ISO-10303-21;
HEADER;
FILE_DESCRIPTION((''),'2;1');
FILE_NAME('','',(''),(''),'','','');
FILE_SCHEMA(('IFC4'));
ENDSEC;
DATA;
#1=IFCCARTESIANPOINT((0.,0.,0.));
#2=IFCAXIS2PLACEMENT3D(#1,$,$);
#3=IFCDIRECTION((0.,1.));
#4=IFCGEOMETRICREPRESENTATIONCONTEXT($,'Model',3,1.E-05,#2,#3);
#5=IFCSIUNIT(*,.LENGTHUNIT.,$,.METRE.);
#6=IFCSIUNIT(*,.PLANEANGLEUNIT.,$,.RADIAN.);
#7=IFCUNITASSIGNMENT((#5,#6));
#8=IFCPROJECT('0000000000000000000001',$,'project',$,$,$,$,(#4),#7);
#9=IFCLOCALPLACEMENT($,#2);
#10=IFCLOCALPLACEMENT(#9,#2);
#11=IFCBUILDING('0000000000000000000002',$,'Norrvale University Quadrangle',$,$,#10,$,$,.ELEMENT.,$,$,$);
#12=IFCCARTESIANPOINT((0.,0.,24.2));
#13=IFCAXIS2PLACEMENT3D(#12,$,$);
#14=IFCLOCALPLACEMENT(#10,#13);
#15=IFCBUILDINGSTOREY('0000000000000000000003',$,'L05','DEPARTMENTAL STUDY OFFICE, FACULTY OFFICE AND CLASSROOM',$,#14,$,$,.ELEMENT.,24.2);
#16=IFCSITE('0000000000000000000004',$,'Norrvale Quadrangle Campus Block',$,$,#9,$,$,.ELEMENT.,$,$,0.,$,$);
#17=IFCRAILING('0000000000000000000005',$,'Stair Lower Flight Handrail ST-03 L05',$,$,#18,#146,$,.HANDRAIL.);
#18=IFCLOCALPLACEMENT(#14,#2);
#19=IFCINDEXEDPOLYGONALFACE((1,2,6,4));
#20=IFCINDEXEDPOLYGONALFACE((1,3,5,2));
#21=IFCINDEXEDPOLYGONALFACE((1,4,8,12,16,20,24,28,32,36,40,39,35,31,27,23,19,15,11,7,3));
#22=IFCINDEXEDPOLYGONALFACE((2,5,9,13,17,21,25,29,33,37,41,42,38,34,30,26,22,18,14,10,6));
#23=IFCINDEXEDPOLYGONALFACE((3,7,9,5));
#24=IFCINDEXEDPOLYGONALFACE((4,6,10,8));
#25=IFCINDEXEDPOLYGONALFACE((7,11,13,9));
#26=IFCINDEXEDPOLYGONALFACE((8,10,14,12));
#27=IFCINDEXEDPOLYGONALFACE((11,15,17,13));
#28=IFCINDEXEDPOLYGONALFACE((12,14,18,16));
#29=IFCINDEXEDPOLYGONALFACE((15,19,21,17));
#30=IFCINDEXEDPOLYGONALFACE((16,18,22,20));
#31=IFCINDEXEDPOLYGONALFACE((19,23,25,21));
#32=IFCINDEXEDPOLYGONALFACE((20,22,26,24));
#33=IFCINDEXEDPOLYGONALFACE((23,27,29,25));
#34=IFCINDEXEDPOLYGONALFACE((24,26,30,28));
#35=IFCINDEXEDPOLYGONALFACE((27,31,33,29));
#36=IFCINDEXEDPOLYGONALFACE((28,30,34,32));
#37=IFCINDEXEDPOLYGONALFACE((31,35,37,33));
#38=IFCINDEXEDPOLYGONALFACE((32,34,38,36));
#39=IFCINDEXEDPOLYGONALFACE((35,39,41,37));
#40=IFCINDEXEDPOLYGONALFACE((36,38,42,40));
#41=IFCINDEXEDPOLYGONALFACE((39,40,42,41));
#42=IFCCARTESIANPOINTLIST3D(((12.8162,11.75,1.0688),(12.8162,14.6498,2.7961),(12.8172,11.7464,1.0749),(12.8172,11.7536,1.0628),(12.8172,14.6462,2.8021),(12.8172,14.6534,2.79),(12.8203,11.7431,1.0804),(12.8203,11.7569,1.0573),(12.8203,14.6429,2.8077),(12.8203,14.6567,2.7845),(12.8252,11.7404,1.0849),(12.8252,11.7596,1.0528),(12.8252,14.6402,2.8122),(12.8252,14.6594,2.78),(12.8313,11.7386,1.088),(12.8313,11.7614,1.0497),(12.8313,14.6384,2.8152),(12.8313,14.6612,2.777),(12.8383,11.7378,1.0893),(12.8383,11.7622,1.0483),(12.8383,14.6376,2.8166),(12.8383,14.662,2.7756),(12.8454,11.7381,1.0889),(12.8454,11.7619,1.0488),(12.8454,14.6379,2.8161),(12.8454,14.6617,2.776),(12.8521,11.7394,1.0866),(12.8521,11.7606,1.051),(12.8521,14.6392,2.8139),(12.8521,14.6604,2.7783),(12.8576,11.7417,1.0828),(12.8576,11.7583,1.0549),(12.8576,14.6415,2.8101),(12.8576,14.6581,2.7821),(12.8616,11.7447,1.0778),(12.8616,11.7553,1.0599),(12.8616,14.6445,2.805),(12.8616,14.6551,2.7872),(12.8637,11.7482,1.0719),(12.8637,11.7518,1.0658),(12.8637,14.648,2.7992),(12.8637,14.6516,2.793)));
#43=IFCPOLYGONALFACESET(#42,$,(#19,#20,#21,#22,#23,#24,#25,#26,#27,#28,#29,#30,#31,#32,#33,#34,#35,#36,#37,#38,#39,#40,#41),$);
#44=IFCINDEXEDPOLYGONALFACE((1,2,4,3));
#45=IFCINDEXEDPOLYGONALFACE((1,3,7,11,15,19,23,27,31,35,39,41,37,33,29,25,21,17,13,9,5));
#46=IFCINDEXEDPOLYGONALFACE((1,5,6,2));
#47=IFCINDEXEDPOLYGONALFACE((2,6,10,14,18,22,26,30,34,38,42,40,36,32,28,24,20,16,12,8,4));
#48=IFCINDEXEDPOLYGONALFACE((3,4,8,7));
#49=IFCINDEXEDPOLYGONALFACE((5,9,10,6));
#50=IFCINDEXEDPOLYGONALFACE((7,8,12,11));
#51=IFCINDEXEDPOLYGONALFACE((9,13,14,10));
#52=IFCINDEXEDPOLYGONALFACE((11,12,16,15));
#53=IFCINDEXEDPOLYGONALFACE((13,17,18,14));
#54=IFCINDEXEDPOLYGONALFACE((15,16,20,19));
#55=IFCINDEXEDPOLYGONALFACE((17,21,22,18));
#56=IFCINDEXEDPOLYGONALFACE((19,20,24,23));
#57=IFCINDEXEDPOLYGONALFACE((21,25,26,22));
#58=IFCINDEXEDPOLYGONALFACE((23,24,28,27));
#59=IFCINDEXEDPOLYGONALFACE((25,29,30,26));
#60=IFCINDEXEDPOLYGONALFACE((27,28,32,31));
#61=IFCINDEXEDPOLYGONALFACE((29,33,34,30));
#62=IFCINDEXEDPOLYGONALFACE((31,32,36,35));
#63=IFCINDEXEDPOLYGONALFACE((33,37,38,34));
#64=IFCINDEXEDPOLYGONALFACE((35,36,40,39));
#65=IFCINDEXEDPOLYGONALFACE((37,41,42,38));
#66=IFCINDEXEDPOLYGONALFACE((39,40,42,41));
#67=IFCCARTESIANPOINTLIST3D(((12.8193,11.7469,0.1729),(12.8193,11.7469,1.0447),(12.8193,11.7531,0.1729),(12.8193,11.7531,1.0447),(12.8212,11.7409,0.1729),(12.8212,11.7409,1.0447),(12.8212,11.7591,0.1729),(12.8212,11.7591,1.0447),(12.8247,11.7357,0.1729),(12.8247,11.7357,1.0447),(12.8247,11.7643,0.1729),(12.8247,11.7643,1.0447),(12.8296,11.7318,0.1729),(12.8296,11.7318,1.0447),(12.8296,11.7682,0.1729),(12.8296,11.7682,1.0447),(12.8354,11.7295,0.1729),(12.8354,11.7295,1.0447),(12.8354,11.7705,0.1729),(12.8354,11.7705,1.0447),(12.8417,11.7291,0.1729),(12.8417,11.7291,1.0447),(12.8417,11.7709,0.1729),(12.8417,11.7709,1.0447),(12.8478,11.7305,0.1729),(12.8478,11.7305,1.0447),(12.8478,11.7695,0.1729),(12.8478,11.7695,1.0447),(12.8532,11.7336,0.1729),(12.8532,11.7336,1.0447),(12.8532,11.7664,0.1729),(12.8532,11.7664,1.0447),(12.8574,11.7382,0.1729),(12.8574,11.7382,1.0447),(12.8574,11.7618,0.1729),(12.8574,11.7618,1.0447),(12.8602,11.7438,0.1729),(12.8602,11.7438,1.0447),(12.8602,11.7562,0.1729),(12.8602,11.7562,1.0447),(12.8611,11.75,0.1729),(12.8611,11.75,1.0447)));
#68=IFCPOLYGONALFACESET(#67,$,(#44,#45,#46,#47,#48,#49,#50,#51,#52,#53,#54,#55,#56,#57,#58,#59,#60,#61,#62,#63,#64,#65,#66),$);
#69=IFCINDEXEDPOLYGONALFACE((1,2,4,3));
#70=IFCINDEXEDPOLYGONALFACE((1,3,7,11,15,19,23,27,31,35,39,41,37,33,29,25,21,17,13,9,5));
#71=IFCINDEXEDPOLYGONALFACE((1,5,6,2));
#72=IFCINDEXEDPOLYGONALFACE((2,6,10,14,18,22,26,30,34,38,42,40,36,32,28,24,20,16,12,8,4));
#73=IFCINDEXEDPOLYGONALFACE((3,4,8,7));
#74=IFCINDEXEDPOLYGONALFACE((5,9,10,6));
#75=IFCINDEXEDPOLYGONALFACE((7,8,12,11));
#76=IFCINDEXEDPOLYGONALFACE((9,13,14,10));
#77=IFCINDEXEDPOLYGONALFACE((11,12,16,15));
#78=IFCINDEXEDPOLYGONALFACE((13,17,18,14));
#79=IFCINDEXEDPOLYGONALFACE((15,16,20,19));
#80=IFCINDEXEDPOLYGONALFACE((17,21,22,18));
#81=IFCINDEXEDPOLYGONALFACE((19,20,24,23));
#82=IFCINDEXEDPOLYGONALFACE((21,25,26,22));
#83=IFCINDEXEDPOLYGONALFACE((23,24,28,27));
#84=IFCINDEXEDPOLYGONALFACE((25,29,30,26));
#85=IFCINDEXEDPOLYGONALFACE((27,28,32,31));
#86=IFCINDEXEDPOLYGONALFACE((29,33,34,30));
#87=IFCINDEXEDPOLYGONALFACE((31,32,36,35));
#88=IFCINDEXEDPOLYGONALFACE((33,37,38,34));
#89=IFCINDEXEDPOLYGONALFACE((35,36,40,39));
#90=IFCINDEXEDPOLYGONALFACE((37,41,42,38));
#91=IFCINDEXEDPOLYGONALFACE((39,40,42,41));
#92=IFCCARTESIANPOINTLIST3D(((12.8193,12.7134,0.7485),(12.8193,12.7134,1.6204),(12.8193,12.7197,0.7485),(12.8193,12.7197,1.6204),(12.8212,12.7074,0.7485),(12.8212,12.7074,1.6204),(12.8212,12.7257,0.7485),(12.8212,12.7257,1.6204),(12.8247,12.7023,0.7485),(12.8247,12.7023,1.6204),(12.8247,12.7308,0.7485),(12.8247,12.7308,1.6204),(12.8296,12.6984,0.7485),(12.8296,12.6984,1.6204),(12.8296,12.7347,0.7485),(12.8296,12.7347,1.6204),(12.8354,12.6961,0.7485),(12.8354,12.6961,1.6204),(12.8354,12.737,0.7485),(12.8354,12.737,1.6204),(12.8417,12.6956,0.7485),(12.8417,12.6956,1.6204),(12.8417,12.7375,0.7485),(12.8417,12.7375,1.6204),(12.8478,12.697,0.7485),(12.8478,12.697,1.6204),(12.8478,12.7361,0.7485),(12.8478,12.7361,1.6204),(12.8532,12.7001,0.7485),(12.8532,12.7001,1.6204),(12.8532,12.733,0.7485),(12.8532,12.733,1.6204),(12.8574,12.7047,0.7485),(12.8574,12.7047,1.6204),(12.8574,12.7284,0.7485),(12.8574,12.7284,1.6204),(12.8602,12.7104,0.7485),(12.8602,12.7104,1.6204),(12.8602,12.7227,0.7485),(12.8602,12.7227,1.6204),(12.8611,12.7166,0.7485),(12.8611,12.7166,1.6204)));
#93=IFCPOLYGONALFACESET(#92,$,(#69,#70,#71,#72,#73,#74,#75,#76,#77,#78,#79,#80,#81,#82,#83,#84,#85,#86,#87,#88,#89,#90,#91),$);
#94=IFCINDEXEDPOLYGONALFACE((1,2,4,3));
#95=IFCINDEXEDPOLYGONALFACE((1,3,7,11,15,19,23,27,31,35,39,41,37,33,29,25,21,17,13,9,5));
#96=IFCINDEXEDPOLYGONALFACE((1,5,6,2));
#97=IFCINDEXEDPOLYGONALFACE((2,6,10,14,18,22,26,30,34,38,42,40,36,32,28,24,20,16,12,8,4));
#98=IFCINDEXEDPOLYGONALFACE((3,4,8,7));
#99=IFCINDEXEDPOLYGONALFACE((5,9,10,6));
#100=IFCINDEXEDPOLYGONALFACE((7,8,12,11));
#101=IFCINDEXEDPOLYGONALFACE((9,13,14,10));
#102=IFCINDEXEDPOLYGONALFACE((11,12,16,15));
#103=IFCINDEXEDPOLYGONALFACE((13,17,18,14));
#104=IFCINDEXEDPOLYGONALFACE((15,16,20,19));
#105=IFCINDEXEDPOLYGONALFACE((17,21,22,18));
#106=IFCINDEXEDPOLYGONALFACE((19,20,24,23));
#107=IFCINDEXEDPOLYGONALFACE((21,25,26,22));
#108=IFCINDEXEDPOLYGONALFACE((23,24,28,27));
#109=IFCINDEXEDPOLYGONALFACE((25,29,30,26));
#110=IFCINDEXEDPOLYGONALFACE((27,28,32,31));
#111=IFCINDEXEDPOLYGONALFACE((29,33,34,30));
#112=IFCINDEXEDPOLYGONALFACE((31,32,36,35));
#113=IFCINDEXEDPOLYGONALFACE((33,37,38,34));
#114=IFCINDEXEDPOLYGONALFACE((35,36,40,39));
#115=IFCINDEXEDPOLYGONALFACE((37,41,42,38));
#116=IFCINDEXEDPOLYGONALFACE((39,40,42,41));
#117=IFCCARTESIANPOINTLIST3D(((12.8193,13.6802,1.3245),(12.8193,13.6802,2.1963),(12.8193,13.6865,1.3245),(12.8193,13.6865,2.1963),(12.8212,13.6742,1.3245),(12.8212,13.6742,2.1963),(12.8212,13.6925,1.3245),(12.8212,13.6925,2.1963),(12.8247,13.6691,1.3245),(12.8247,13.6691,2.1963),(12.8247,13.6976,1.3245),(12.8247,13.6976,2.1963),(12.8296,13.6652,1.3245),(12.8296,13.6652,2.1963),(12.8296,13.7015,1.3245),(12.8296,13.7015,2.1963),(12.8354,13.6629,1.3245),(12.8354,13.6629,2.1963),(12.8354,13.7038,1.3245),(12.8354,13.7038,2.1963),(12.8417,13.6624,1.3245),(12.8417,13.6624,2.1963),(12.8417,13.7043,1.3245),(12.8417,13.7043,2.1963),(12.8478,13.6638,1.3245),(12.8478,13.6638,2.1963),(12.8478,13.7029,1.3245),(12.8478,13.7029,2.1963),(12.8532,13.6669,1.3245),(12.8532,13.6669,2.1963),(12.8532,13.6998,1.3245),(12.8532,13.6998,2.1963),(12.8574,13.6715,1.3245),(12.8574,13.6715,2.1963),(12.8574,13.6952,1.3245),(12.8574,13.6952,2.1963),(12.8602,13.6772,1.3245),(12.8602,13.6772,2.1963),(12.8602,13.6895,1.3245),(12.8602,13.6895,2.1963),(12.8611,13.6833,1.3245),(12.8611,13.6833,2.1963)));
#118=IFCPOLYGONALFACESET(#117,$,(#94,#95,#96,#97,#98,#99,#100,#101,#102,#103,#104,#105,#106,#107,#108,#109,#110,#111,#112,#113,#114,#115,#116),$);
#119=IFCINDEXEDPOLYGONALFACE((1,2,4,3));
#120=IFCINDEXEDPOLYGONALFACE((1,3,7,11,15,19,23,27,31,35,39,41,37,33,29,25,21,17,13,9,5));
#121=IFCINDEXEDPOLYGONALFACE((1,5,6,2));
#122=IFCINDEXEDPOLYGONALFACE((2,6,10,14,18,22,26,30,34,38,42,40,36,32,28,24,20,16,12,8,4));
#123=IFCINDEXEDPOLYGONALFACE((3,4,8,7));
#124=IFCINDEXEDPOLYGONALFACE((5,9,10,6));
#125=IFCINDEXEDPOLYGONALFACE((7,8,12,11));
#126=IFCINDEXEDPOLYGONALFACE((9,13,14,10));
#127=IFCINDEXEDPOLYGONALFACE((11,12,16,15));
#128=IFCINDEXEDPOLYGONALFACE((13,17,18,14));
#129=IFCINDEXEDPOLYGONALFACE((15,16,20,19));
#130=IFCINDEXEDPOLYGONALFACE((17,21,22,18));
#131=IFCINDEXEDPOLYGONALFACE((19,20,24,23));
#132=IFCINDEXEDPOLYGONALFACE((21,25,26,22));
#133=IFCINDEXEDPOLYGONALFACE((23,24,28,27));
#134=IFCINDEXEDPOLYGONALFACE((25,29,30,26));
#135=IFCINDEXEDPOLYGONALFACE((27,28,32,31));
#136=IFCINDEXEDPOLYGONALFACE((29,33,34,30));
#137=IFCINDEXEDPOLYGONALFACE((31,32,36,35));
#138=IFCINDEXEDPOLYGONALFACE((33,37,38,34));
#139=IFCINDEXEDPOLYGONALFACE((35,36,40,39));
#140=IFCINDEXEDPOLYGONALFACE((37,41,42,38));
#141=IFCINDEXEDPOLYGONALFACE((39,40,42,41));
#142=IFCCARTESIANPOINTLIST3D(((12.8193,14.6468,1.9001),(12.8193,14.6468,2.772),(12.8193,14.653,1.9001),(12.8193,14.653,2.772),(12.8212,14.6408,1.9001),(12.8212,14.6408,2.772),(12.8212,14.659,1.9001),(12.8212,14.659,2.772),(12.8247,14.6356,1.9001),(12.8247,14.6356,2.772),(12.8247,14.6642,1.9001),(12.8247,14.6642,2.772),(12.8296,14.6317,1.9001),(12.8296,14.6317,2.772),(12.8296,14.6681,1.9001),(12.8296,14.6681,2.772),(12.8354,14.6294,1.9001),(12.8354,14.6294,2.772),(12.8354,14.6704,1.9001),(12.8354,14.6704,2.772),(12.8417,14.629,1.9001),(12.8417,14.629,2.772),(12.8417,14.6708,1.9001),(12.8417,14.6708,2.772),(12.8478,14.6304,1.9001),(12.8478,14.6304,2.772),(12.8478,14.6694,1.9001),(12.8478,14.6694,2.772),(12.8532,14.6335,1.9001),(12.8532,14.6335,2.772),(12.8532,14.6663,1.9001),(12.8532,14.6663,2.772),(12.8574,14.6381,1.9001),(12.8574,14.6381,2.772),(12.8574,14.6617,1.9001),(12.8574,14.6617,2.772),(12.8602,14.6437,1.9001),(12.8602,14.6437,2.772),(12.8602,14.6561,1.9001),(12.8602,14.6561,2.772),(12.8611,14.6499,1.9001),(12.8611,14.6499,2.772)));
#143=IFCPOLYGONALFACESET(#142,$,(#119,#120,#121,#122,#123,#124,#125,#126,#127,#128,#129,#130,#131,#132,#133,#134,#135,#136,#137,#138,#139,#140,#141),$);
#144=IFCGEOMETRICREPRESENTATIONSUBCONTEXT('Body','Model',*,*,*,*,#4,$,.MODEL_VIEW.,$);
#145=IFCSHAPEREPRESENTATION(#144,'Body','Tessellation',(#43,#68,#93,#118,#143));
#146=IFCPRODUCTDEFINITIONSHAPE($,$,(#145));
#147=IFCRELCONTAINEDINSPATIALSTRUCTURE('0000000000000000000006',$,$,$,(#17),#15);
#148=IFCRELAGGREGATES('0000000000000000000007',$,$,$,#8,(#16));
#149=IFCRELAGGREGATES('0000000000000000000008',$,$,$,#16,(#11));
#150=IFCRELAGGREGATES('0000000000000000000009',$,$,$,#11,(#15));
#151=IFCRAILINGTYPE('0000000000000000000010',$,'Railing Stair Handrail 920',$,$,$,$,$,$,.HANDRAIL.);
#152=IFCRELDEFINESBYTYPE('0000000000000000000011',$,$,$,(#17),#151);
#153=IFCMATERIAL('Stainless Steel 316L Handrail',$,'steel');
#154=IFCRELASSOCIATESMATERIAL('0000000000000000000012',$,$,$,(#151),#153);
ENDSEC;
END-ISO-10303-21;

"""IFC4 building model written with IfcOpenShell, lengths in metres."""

from ifc_helpers import new_model, si_unit, direction, frame, origin, origin_2d, place, context, subcontext, project, spatial, circle, extrude, material, type_object, element, save


model = new_model("IFC4")

# Units and contexts
model_context = context("Model", 3, precision=1e-05, world=origin(), true_north=direction((0.0, 1.0)))
body_context = subcontext(model_context, "Body", "Model", "MODEL_VIEW")
ifc_project = project(units=[si_unit("LENGTHUNIT", "METRE"), si_unit("PLANEANGLEUNIT", "RADIAN")], contexts=[model_context])

# Site, building, storey
site_placement = place(None, origin())
site = spatial("IfcSite", under=ifc_project, at=site_placement, Name="Norrvale Quadrangle Campus Block", CompositionType="ELEMENT", RefElevation=0.0)
building_placement = place(site_placement, origin())
building = spatial("IfcBuilding", under=site, at=building_placement, Name="Norrvale University Quadrangle", CompositionType="ELEMENT")
storey_placement = place(building_placement, frame((0.0, 0.0, 24.2)))
storey = spatial("IfcBuildingStorey", under=building, at=storey_placement, Name="L05", Description="DEPARTMENTAL STUDY OFFICE, FACULTY OFFICE AND CLASSROOM", CompositionType="ELEMENT", Elevation=24.2)

# Railing
ifc_material_1 = material(Name="Stainless Steel 316L Handrail", Category="steel")
railing_type_1 = type_object("IfcRailingType", Name="Railing Stair Handrail 920", PredefinedType="HANDRAIL", material=ifc_material_1)
railing_1_placement = place(storey_placement, frame((12.8401, 11.75, 0.1729)))
element("IfcRailing", 1, at=railing_1_placement, inside=storey, type_object=railing_type_1, Name="Stair Lower Flight Handrail ST-03 L05", PredefinedType="HANDRAIL", context=body_context, shape_type="SweptSolid", body=[
    extrude(circle(Radius=0.0239, at=origin_2d()), frame((0.0, 0.0, 0.896), z_axis=(0.0, 0.859141, 0.511738), x_axis=(-1.0, 0.0, 0.0)), (0.0, 0.0, 1.0), 3.3752),
    extrude(circle(Radius=0.021, at=origin_2d()), origin(), (0.0, 0.0, 1.0), 0.8718),
    extrude(circle(Radius=0.021, at=origin_2d()), frame((0.0, 0.9666, 0.5757)), (0.0, 0.0, 1.0), 0.8718),
    extrude(circle(Radius=0.021, at=origin_2d()), frame((0.0, 1.9333, 1.1516)), (0.0, 0.0, 1.0), 0.8718),
    extrude(circle(Radius=0.021, at=origin_2d()), frame((0.0, 2.8999, 1.7273)), (0.0, 0.0, 1.0), 0.8718),
])

save(model, "model.ifc")
